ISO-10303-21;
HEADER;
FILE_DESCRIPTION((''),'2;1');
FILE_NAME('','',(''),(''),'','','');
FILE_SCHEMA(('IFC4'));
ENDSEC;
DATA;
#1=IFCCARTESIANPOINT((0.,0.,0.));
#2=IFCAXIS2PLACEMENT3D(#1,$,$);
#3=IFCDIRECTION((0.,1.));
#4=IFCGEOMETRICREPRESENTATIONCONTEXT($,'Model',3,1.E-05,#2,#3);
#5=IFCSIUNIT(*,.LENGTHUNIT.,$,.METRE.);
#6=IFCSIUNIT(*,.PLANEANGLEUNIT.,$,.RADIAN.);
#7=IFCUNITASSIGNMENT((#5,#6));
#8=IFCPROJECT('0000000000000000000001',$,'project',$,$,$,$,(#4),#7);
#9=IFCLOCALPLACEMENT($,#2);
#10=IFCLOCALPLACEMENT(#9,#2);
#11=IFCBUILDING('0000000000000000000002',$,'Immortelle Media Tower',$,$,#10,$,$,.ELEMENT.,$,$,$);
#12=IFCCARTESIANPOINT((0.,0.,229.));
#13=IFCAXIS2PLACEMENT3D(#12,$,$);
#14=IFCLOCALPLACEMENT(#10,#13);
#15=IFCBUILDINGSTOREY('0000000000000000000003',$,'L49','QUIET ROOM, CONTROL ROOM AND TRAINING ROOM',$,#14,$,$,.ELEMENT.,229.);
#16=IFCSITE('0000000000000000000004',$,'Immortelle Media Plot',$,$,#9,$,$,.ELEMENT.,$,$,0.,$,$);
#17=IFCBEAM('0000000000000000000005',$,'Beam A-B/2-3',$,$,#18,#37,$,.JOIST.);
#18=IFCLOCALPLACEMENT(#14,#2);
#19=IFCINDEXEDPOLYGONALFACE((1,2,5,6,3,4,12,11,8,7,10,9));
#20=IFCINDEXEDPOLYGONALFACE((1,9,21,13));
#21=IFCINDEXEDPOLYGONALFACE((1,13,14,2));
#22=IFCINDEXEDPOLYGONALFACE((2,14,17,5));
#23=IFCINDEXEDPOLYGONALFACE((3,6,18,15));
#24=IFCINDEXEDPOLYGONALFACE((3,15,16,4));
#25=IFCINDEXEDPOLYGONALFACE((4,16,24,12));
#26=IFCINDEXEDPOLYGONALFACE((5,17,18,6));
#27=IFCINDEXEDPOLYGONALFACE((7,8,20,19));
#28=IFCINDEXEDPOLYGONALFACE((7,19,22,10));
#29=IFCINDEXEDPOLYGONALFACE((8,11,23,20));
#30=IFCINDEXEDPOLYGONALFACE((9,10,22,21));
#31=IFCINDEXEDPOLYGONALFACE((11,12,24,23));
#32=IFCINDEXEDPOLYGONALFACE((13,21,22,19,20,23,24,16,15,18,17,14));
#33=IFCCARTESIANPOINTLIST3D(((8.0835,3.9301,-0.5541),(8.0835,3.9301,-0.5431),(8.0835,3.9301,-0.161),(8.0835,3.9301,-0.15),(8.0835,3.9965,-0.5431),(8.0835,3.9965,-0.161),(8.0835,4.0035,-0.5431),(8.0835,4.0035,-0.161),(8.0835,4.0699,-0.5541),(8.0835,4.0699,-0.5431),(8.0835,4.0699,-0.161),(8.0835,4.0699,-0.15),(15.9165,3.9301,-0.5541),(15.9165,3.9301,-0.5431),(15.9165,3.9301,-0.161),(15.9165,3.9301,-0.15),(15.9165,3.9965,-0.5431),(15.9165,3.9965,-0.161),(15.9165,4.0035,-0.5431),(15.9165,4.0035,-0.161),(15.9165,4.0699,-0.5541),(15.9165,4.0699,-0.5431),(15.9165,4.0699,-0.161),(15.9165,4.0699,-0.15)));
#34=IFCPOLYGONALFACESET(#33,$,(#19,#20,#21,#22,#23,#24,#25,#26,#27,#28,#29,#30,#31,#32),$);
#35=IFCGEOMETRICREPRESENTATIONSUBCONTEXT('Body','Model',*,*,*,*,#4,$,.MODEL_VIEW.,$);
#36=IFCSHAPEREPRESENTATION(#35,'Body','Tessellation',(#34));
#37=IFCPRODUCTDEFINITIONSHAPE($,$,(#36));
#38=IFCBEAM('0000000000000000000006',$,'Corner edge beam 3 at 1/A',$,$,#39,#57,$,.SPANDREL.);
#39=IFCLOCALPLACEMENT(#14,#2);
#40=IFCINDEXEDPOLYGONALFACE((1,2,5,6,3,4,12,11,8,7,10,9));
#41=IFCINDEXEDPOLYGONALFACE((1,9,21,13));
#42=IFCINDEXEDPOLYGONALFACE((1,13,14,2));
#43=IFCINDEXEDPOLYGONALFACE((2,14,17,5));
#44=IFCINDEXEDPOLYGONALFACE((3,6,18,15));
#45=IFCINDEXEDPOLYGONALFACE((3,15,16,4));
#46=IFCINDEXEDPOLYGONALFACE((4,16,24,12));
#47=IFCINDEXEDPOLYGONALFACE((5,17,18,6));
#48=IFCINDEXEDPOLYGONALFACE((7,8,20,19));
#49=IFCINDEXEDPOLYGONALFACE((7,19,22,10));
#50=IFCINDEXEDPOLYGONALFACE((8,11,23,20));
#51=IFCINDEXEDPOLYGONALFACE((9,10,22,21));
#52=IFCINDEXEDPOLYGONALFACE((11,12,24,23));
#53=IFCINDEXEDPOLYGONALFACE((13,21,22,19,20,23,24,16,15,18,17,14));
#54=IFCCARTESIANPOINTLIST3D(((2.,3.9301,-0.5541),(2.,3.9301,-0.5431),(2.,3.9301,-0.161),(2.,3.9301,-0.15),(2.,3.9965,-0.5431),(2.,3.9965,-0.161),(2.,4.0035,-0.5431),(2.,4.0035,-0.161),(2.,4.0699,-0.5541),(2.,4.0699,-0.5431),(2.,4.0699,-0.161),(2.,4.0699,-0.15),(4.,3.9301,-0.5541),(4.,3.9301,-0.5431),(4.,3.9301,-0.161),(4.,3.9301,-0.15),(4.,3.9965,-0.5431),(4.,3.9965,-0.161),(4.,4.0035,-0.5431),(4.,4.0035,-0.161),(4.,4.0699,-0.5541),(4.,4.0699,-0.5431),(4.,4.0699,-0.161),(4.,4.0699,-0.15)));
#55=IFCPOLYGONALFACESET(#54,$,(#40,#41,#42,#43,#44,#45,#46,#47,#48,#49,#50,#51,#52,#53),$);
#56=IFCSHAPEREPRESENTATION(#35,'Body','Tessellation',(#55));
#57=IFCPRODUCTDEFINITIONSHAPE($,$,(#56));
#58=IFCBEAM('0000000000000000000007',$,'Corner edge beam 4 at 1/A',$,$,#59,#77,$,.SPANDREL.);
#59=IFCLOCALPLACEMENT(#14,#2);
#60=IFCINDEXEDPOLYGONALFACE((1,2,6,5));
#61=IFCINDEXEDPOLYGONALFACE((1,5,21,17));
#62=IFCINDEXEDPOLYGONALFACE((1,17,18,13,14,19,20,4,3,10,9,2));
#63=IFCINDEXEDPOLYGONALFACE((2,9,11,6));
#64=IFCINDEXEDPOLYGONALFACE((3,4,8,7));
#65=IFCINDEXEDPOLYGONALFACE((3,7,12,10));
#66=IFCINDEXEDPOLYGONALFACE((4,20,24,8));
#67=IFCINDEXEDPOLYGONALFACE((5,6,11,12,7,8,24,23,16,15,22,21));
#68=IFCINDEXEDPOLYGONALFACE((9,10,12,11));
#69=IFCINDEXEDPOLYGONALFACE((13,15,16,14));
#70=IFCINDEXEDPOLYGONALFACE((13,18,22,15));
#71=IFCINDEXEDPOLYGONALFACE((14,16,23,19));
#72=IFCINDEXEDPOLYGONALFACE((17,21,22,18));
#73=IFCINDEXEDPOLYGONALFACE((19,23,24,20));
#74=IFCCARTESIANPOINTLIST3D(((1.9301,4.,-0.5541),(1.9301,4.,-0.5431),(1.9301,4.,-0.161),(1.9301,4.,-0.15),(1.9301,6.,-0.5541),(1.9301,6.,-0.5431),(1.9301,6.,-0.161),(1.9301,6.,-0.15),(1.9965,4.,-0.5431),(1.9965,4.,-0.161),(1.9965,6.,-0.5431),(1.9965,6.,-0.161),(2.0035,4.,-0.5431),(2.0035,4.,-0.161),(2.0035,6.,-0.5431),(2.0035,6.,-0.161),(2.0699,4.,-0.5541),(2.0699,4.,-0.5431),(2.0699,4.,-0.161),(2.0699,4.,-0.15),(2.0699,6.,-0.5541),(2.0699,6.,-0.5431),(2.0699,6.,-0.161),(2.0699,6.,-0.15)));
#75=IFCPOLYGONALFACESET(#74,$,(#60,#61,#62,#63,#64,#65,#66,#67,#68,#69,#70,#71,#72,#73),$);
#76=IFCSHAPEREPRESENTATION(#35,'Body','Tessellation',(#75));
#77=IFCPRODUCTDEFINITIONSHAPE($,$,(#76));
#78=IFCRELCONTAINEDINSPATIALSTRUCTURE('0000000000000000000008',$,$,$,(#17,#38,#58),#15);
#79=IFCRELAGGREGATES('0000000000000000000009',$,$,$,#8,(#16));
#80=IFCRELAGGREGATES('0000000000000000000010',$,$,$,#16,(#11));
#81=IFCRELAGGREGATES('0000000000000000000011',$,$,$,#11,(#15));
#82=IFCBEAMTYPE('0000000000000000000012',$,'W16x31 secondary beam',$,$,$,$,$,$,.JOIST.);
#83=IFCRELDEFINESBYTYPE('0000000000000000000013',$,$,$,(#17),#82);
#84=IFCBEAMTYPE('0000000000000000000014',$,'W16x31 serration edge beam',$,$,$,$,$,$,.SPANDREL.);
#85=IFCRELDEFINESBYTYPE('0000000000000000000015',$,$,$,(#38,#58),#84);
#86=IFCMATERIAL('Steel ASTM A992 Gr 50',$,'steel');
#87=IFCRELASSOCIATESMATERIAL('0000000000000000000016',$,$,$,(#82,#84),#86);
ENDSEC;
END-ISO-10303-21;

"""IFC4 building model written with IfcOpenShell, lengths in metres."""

from ifc_helpers import new_model, si_unit, direction, frame, origin, origin_2d, place, context, subcontext, project, spatial, i_section, extrude, material, material_profile, profile_set, type_object, element, save


model = new_model("IFC4")

# Units and contexts
model_context = context("Model", 3, precision=1e-05, world=origin(), true_north=direction((0.0, 1.0)))
body_context = subcontext(model_context, "Body", "Model", "MODEL_VIEW")
ifc_project = project(units=[si_unit("LENGTHUNIT", "METRE"), si_unit("PLANEANGLEUNIT", "RADIAN")], contexts=[model_context])

# Site, building, storey
site_placement = place(None, origin())
site = spatial("IfcSite", under=ifc_project, at=site_placement, Name="Immortelle Media Plot", CompositionType="ELEMENT", RefElevation=0.0)
building_placement = place(site_placement, origin())
building = spatial("IfcBuilding", under=site, at=building_placement, Name="Immortelle Media Tower", CompositionType="ELEMENT")
storey_placement = place(building_placement, frame((0.0, 0.0, 229.0)))
storey = spatial("IfcBuildingStorey", under=building, at=storey_placement, Name="L49", Description="QUIET ROOM, CONTROL ROOM AND TRAINING ROOM", CompositionType="ELEMENT", Elevation=229.0)

# Beams
ifc_material_1 = material(Name="Steel ASTM A992 Gr 50", Category="steel")
ifc_material_profile_1 = material_profile(ifc_material_1, i_section(OverallWidth=0.1399, OverallDepth=0.4041, WebThickness=0.0071, FlangeThickness=0.011, at=origin_2d()), Name="W16x31")
ifc_profile_set_1 = profile_set([ifc_material_profile_1], Name="Steel ASTM A992 Gr 50")
beam_type_1 = type_object("IfcBeamType", Name="W16x31 secondary beam", PredefinedType="JOIST", material=ifc_profile_set_1)
beam_placement = place(storey_placement, frame((8.0835, 4.0, -0.3521), z_axis=(1.0, 0.0, 0.0), x_axis=(0.0, 1.0, 0.0)))
element("IfcBeam", 1, at=beam_placement, inside=storey, type_object=beam_type_1, Name="Beam A-B/2-3", PredefinedType="JOIST", context=body_context, shape_type="SweptSolid", body=[
    extrude(i_section(OverallWidth=0.1399, OverallDepth=0.4041, WebThickness=0.0071, FlangeThickness=0.011, at=origin_2d()), origin(), (0.0, 0.0, 1.0), 7.833),
])
ifc_material_profile_2 = material_profile(ifc_material_1, i_section(OverallWidth=0.1399, OverallDepth=0.4041, WebThickness=0.0071, FlangeThickness=0.011, at=origin_2d()), Name="W16x31")
ifc_profile_set_2 = profile_set([ifc_material_profile_2], Name="Steel ASTM A992 Gr 50")
beam_type_2 = type_object("IfcBeamType", Name="W16x31 serration edge beam", PredefinedType="SPANDREL", material=ifc_profile_set_2)
for number, where, z_axis, x_axis, name in (
    (2, (4.0, 4.0, -0.3521), (-1.0, 0.0, 0.0), (0.0, -1.0, 0.0), "Corner edge beam 3 at 1/A"),
    (3, (2.0, 4.0, -0.3521), (0.0, 1.0, 0.0), (-1.0, 0.0, 0.0), "Corner edge beam 4 at 1/A"),
):
    element("IfcBeam", number, at=place(storey_placement, frame(where, z_axis=z_axis, x_axis=x_axis)), inside=storey, type_object=beam_type_2, Name=name, PredefinedType="SPANDREL", context=body_context, shape_type="SweptSolid", body=[
        extrude(i_section(OverallWidth=0.1399, OverallDepth=0.4041, WebThickness=0.0071, FlangeThickness=0.011, at=origin_2d()), origin(), (0.0, 0.0, 1.0), 2.0),
    ])

save(model, "model.ifc")
